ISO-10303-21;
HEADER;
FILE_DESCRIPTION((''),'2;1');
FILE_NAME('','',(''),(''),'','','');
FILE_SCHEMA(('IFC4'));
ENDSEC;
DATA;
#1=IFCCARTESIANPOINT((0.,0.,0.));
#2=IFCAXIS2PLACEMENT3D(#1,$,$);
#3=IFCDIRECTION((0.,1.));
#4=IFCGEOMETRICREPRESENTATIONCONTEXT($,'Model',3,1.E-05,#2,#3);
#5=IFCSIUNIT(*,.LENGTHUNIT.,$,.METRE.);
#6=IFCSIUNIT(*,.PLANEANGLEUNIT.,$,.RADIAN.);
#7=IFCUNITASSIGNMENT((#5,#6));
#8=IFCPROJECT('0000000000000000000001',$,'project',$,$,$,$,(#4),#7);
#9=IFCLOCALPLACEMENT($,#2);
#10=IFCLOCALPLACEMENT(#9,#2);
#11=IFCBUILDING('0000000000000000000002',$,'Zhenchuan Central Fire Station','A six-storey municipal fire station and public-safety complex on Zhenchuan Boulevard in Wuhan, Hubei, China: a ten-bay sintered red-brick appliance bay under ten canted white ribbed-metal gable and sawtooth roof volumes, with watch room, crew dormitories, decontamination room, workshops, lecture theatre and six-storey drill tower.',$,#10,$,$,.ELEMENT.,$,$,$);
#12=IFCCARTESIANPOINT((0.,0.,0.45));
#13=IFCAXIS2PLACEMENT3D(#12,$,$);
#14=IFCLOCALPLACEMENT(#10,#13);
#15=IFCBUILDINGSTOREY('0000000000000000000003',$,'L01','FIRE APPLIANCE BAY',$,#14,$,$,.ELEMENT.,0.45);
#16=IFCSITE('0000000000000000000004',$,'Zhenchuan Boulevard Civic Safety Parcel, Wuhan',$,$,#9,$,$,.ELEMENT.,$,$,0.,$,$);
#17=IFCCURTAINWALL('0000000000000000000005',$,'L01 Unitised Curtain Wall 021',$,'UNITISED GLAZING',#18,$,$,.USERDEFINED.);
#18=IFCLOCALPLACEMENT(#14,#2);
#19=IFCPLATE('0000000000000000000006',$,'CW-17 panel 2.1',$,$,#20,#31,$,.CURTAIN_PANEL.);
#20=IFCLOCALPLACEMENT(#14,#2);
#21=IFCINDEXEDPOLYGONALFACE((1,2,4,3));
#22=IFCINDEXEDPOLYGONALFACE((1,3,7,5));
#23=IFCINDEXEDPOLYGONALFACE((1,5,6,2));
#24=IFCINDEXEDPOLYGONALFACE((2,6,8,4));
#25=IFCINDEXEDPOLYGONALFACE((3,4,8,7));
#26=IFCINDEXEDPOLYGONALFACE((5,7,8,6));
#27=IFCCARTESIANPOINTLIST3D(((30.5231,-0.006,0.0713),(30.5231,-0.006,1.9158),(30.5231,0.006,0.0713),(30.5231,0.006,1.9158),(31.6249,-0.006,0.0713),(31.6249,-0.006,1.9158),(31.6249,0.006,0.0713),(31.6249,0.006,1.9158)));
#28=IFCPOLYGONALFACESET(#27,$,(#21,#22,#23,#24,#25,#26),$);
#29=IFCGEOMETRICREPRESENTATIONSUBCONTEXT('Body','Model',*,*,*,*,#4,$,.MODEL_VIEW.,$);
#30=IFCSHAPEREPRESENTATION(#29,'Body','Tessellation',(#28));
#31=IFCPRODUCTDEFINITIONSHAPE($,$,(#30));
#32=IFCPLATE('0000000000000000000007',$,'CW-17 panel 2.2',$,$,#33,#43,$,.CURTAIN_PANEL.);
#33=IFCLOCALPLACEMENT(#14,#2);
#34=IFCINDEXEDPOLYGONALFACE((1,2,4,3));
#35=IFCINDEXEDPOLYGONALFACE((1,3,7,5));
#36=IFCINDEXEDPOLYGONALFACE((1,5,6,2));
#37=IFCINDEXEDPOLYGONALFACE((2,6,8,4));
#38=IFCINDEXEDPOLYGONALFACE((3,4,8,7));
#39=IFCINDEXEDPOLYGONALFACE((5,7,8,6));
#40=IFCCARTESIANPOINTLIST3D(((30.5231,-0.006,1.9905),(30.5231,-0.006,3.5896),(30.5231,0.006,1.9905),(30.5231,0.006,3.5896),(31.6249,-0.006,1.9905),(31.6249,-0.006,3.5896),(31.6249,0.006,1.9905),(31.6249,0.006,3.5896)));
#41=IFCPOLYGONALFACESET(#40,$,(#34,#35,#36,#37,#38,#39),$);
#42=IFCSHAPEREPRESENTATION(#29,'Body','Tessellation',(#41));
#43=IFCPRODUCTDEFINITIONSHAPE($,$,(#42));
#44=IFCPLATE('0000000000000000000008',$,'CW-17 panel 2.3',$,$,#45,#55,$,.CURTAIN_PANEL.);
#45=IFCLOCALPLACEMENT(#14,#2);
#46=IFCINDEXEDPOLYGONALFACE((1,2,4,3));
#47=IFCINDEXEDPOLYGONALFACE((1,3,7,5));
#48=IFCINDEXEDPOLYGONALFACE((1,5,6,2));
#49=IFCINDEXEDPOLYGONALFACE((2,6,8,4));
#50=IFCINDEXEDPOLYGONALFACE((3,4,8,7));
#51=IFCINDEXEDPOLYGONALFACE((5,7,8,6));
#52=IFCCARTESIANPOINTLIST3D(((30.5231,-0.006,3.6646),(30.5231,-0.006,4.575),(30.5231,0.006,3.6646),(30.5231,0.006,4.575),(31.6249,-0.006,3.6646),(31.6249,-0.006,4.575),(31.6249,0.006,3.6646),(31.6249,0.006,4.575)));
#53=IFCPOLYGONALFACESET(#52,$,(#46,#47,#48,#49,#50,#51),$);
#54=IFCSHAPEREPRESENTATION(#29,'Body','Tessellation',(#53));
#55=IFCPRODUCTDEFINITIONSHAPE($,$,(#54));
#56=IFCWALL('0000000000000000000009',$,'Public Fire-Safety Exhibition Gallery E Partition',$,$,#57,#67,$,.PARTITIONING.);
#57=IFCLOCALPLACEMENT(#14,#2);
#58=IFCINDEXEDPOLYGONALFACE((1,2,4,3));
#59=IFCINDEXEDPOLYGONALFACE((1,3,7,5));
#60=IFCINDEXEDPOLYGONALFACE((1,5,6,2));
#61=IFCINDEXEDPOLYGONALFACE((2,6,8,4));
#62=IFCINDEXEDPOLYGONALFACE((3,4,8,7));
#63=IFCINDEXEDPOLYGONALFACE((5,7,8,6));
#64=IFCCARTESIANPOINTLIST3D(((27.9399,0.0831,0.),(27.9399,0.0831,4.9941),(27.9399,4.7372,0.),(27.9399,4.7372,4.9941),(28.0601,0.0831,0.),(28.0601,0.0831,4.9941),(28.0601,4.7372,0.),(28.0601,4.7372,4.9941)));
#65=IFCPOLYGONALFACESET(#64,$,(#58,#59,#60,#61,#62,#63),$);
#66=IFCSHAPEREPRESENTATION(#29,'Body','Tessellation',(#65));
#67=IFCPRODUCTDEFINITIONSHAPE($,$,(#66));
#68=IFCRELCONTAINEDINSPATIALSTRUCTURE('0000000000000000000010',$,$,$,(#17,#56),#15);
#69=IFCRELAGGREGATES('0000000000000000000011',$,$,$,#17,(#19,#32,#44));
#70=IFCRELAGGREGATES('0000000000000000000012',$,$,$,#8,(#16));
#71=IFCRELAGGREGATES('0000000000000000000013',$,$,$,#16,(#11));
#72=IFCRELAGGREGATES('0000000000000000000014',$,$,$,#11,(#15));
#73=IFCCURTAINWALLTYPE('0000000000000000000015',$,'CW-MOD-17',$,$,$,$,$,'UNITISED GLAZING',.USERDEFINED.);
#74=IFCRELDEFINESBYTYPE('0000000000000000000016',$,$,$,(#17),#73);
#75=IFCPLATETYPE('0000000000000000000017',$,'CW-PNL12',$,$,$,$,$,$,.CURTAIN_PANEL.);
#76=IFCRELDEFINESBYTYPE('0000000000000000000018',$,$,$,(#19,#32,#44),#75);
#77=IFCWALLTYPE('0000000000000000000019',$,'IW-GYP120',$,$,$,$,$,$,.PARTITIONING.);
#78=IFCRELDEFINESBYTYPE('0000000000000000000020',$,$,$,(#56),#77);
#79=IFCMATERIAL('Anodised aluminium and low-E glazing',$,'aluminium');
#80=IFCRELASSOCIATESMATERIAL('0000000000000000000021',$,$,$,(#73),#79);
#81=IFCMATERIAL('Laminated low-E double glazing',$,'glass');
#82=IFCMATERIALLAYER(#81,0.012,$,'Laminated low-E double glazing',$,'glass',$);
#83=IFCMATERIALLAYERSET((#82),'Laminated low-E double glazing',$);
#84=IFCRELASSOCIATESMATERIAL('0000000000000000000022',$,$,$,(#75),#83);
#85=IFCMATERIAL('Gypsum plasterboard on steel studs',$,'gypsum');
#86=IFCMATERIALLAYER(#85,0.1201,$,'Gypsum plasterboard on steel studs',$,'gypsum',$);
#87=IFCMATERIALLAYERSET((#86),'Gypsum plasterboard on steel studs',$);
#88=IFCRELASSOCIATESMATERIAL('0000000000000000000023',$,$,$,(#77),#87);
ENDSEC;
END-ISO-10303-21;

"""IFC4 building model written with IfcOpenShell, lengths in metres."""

from ifc_helpers import new_model, si_unit, direction, frame, frame_2d, origin, origin_2d, place, context, subcontext, project, spatial, rectangle, extrude, material, layer, layer_set, type_object, element, aggregate, save


model = new_model("IFC4")

# Units and contexts
model_context = context("Model", 3, precision=1e-05, world=origin(), true_north=direction((0.0, 1.0)))
body_context = subcontext(model_context, "Body", "Model", "MODEL_VIEW")
ifc_project = project(units=[si_unit("LENGTHUNIT", "METRE"), si_unit("PLANEANGLEUNIT", "RADIAN")], contexts=[model_context])

# Site, building, storey
site_placement = place(None, origin())
site = spatial("IfcSite", under=ifc_project, at=site_placement, Name="Zhenchuan Boulevard Civic Safety Parcel, Wuhan", CompositionType="ELEMENT", RefElevation=0.0)
building_placement = place(site_placement, origin())
building = spatial("IfcBuilding", under=site, at=building_placement, Name="Zhenchuan Central Fire Station", Description="A six-storey municipal fire station and public-safety complex on Zhenchuan Boulevard in Wuhan, Hubei, China: a ten-bay sintered red-brick appliance bay under ten canted white ribbed-metal gable and sawtooth roof volumes, with watch room, crew dormitories, decontamination room, workshops, lecture theatre and six-storey drill tower.", CompositionType="ELEMENT")
storey_placement = place(building_placement, frame((0.0, 0.0, 0.45)))
storey = spatial("IfcBuildingStorey", under=building, at=storey_placement, Name="L01", Description="FIRE APPLIANCE BAY", CompositionType="ELEMENT", Elevation=0.45)

# Curtain wall
ifc_material_1 = material(Name="Anodised aluminium and low-E glazing", Category="aluminium")
curtain_wall_type = type_object("IfcCurtainWallType", Name="CW-MOD-17", ElementType="UNITISED GLAZING", PredefinedType="USERDEFINED", material=ifc_material_1)
curtain_wall_placement = place(storey_placement, origin())
curtain_wall = element("IfcCurtainWall", 1, at=curtain_wall_placement, inside=storey, type_object=curtain_wall_type, Name="L01 Unitised Curtain Wall 021", ObjectType="UNITISED GLAZING", PredefinedType="USERDEFINED")

# Plates
ifc_material_2 = material(Name="Laminated low-E double glazing", Category="glass")
ifc_layer_1 = layer(ifc_material_2, 0.012, Name="Laminated low-E double glazing", Category="glass")
ifc_layer_set_1 = layer_set([ifc_layer_1], Name="Laminated low-E double glazing")
plate_type = type_object("IfcPlateType", Name="CW-PNL12", PredefinedType="CURTAIN_PANEL", material=ifc_layer_set_1)
plate_1_placement = place(storey_placement, frame((31.074, 0.0, 0.0713), z_axis=(0.0, 0.0, 1.0), x_axis=(1.0, 0.0, 0.0)))
plate_1 = element("IfcPlate", 2, at=plate_1_placement, type_object=plate_type, Name="CW-17 panel 2.1", PredefinedType="CURTAIN_PANEL", context=body_context, shape_type="SweptSolid", body=[
    extrude(rectangle(XDim=1.1018, YDim=0.012, at=origin_2d()), origin(), (0.0, 0.0, 1.0), 1.8445),
])
plate_2_placement = place(storey_placement, frame((31.074, 0.0, 1.9905), z_axis=(0.0, 0.0, 1.0), x_axis=(1.0, 0.0, 0.0)))
plate_2 = element("IfcPlate", 3, at=plate_2_placement, type_object=plate_type, Name="CW-17 panel 2.2", PredefinedType="CURTAIN_PANEL", context=body_context, shape_type="SweptSolid", body=[
    extrude(rectangle(XDim=1.1018, YDim=0.012, at=origin_2d()), origin(), (0.0, 0.0, 1.0), 1.5991),
])
plate_3_placement = place(storey_placement, frame((31.074, 0.0, 3.6646), z_axis=(0.0, 0.0, 1.0), x_axis=(1.0, 0.0, 0.0)))
plate_3 = element("IfcPlate", 4, at=plate_3_placement, type_object=plate_type, Name="CW-17 panel 2.3", PredefinedType="CURTAIN_PANEL", context=body_context, shape_type="SweptSolid", body=[
    extrude(rectangle(XDim=1.1018, YDim=0.012, at=origin_2d()), origin(), (0.0, 0.0, 1.0), 0.9104),
])
aggregate(curtain_wall, [plate_1, plate_2, plate_3])

# Wall
ifc_material_3 = material(Name="Gypsum plasterboard on steel studs", Category="gypsum")
ifc_layer_2 = layer(ifc_material_3, 0.1201, Name="Gypsum plasterboard on steel studs", Category="gypsum")
ifc_layer_set_2 = layer_set([ifc_layer_2], Name="Gypsum plasterboard on steel studs")
wall_type = type_object("IfcWallType", Name="IW-GYP120", PredefinedType="PARTITIONING", material=ifc_layer_set_2)
wall_placement = place(storey_placement, frame((28.0, 0.083, 0.0), z_axis=(0.0, 0.0, 1.0), x_axis=(0.0, 1.0, 0.0)))
element("IfcWall", 5, at=wall_placement, inside=storey, type_object=wall_type, Name="Public Fire-Safety Exhibition Gallery E Partition", PredefinedType="PARTITIONING", context=body_context, shape_type="SweptSolid", body=[
    extrude(rectangle(XDim=4.6541, YDim=0.1201, at=frame_2d((2.3271, 0.0))), origin(), (0.0, 0.0, 1.0), 4.9941),
])

save(model, "model.ifc")
